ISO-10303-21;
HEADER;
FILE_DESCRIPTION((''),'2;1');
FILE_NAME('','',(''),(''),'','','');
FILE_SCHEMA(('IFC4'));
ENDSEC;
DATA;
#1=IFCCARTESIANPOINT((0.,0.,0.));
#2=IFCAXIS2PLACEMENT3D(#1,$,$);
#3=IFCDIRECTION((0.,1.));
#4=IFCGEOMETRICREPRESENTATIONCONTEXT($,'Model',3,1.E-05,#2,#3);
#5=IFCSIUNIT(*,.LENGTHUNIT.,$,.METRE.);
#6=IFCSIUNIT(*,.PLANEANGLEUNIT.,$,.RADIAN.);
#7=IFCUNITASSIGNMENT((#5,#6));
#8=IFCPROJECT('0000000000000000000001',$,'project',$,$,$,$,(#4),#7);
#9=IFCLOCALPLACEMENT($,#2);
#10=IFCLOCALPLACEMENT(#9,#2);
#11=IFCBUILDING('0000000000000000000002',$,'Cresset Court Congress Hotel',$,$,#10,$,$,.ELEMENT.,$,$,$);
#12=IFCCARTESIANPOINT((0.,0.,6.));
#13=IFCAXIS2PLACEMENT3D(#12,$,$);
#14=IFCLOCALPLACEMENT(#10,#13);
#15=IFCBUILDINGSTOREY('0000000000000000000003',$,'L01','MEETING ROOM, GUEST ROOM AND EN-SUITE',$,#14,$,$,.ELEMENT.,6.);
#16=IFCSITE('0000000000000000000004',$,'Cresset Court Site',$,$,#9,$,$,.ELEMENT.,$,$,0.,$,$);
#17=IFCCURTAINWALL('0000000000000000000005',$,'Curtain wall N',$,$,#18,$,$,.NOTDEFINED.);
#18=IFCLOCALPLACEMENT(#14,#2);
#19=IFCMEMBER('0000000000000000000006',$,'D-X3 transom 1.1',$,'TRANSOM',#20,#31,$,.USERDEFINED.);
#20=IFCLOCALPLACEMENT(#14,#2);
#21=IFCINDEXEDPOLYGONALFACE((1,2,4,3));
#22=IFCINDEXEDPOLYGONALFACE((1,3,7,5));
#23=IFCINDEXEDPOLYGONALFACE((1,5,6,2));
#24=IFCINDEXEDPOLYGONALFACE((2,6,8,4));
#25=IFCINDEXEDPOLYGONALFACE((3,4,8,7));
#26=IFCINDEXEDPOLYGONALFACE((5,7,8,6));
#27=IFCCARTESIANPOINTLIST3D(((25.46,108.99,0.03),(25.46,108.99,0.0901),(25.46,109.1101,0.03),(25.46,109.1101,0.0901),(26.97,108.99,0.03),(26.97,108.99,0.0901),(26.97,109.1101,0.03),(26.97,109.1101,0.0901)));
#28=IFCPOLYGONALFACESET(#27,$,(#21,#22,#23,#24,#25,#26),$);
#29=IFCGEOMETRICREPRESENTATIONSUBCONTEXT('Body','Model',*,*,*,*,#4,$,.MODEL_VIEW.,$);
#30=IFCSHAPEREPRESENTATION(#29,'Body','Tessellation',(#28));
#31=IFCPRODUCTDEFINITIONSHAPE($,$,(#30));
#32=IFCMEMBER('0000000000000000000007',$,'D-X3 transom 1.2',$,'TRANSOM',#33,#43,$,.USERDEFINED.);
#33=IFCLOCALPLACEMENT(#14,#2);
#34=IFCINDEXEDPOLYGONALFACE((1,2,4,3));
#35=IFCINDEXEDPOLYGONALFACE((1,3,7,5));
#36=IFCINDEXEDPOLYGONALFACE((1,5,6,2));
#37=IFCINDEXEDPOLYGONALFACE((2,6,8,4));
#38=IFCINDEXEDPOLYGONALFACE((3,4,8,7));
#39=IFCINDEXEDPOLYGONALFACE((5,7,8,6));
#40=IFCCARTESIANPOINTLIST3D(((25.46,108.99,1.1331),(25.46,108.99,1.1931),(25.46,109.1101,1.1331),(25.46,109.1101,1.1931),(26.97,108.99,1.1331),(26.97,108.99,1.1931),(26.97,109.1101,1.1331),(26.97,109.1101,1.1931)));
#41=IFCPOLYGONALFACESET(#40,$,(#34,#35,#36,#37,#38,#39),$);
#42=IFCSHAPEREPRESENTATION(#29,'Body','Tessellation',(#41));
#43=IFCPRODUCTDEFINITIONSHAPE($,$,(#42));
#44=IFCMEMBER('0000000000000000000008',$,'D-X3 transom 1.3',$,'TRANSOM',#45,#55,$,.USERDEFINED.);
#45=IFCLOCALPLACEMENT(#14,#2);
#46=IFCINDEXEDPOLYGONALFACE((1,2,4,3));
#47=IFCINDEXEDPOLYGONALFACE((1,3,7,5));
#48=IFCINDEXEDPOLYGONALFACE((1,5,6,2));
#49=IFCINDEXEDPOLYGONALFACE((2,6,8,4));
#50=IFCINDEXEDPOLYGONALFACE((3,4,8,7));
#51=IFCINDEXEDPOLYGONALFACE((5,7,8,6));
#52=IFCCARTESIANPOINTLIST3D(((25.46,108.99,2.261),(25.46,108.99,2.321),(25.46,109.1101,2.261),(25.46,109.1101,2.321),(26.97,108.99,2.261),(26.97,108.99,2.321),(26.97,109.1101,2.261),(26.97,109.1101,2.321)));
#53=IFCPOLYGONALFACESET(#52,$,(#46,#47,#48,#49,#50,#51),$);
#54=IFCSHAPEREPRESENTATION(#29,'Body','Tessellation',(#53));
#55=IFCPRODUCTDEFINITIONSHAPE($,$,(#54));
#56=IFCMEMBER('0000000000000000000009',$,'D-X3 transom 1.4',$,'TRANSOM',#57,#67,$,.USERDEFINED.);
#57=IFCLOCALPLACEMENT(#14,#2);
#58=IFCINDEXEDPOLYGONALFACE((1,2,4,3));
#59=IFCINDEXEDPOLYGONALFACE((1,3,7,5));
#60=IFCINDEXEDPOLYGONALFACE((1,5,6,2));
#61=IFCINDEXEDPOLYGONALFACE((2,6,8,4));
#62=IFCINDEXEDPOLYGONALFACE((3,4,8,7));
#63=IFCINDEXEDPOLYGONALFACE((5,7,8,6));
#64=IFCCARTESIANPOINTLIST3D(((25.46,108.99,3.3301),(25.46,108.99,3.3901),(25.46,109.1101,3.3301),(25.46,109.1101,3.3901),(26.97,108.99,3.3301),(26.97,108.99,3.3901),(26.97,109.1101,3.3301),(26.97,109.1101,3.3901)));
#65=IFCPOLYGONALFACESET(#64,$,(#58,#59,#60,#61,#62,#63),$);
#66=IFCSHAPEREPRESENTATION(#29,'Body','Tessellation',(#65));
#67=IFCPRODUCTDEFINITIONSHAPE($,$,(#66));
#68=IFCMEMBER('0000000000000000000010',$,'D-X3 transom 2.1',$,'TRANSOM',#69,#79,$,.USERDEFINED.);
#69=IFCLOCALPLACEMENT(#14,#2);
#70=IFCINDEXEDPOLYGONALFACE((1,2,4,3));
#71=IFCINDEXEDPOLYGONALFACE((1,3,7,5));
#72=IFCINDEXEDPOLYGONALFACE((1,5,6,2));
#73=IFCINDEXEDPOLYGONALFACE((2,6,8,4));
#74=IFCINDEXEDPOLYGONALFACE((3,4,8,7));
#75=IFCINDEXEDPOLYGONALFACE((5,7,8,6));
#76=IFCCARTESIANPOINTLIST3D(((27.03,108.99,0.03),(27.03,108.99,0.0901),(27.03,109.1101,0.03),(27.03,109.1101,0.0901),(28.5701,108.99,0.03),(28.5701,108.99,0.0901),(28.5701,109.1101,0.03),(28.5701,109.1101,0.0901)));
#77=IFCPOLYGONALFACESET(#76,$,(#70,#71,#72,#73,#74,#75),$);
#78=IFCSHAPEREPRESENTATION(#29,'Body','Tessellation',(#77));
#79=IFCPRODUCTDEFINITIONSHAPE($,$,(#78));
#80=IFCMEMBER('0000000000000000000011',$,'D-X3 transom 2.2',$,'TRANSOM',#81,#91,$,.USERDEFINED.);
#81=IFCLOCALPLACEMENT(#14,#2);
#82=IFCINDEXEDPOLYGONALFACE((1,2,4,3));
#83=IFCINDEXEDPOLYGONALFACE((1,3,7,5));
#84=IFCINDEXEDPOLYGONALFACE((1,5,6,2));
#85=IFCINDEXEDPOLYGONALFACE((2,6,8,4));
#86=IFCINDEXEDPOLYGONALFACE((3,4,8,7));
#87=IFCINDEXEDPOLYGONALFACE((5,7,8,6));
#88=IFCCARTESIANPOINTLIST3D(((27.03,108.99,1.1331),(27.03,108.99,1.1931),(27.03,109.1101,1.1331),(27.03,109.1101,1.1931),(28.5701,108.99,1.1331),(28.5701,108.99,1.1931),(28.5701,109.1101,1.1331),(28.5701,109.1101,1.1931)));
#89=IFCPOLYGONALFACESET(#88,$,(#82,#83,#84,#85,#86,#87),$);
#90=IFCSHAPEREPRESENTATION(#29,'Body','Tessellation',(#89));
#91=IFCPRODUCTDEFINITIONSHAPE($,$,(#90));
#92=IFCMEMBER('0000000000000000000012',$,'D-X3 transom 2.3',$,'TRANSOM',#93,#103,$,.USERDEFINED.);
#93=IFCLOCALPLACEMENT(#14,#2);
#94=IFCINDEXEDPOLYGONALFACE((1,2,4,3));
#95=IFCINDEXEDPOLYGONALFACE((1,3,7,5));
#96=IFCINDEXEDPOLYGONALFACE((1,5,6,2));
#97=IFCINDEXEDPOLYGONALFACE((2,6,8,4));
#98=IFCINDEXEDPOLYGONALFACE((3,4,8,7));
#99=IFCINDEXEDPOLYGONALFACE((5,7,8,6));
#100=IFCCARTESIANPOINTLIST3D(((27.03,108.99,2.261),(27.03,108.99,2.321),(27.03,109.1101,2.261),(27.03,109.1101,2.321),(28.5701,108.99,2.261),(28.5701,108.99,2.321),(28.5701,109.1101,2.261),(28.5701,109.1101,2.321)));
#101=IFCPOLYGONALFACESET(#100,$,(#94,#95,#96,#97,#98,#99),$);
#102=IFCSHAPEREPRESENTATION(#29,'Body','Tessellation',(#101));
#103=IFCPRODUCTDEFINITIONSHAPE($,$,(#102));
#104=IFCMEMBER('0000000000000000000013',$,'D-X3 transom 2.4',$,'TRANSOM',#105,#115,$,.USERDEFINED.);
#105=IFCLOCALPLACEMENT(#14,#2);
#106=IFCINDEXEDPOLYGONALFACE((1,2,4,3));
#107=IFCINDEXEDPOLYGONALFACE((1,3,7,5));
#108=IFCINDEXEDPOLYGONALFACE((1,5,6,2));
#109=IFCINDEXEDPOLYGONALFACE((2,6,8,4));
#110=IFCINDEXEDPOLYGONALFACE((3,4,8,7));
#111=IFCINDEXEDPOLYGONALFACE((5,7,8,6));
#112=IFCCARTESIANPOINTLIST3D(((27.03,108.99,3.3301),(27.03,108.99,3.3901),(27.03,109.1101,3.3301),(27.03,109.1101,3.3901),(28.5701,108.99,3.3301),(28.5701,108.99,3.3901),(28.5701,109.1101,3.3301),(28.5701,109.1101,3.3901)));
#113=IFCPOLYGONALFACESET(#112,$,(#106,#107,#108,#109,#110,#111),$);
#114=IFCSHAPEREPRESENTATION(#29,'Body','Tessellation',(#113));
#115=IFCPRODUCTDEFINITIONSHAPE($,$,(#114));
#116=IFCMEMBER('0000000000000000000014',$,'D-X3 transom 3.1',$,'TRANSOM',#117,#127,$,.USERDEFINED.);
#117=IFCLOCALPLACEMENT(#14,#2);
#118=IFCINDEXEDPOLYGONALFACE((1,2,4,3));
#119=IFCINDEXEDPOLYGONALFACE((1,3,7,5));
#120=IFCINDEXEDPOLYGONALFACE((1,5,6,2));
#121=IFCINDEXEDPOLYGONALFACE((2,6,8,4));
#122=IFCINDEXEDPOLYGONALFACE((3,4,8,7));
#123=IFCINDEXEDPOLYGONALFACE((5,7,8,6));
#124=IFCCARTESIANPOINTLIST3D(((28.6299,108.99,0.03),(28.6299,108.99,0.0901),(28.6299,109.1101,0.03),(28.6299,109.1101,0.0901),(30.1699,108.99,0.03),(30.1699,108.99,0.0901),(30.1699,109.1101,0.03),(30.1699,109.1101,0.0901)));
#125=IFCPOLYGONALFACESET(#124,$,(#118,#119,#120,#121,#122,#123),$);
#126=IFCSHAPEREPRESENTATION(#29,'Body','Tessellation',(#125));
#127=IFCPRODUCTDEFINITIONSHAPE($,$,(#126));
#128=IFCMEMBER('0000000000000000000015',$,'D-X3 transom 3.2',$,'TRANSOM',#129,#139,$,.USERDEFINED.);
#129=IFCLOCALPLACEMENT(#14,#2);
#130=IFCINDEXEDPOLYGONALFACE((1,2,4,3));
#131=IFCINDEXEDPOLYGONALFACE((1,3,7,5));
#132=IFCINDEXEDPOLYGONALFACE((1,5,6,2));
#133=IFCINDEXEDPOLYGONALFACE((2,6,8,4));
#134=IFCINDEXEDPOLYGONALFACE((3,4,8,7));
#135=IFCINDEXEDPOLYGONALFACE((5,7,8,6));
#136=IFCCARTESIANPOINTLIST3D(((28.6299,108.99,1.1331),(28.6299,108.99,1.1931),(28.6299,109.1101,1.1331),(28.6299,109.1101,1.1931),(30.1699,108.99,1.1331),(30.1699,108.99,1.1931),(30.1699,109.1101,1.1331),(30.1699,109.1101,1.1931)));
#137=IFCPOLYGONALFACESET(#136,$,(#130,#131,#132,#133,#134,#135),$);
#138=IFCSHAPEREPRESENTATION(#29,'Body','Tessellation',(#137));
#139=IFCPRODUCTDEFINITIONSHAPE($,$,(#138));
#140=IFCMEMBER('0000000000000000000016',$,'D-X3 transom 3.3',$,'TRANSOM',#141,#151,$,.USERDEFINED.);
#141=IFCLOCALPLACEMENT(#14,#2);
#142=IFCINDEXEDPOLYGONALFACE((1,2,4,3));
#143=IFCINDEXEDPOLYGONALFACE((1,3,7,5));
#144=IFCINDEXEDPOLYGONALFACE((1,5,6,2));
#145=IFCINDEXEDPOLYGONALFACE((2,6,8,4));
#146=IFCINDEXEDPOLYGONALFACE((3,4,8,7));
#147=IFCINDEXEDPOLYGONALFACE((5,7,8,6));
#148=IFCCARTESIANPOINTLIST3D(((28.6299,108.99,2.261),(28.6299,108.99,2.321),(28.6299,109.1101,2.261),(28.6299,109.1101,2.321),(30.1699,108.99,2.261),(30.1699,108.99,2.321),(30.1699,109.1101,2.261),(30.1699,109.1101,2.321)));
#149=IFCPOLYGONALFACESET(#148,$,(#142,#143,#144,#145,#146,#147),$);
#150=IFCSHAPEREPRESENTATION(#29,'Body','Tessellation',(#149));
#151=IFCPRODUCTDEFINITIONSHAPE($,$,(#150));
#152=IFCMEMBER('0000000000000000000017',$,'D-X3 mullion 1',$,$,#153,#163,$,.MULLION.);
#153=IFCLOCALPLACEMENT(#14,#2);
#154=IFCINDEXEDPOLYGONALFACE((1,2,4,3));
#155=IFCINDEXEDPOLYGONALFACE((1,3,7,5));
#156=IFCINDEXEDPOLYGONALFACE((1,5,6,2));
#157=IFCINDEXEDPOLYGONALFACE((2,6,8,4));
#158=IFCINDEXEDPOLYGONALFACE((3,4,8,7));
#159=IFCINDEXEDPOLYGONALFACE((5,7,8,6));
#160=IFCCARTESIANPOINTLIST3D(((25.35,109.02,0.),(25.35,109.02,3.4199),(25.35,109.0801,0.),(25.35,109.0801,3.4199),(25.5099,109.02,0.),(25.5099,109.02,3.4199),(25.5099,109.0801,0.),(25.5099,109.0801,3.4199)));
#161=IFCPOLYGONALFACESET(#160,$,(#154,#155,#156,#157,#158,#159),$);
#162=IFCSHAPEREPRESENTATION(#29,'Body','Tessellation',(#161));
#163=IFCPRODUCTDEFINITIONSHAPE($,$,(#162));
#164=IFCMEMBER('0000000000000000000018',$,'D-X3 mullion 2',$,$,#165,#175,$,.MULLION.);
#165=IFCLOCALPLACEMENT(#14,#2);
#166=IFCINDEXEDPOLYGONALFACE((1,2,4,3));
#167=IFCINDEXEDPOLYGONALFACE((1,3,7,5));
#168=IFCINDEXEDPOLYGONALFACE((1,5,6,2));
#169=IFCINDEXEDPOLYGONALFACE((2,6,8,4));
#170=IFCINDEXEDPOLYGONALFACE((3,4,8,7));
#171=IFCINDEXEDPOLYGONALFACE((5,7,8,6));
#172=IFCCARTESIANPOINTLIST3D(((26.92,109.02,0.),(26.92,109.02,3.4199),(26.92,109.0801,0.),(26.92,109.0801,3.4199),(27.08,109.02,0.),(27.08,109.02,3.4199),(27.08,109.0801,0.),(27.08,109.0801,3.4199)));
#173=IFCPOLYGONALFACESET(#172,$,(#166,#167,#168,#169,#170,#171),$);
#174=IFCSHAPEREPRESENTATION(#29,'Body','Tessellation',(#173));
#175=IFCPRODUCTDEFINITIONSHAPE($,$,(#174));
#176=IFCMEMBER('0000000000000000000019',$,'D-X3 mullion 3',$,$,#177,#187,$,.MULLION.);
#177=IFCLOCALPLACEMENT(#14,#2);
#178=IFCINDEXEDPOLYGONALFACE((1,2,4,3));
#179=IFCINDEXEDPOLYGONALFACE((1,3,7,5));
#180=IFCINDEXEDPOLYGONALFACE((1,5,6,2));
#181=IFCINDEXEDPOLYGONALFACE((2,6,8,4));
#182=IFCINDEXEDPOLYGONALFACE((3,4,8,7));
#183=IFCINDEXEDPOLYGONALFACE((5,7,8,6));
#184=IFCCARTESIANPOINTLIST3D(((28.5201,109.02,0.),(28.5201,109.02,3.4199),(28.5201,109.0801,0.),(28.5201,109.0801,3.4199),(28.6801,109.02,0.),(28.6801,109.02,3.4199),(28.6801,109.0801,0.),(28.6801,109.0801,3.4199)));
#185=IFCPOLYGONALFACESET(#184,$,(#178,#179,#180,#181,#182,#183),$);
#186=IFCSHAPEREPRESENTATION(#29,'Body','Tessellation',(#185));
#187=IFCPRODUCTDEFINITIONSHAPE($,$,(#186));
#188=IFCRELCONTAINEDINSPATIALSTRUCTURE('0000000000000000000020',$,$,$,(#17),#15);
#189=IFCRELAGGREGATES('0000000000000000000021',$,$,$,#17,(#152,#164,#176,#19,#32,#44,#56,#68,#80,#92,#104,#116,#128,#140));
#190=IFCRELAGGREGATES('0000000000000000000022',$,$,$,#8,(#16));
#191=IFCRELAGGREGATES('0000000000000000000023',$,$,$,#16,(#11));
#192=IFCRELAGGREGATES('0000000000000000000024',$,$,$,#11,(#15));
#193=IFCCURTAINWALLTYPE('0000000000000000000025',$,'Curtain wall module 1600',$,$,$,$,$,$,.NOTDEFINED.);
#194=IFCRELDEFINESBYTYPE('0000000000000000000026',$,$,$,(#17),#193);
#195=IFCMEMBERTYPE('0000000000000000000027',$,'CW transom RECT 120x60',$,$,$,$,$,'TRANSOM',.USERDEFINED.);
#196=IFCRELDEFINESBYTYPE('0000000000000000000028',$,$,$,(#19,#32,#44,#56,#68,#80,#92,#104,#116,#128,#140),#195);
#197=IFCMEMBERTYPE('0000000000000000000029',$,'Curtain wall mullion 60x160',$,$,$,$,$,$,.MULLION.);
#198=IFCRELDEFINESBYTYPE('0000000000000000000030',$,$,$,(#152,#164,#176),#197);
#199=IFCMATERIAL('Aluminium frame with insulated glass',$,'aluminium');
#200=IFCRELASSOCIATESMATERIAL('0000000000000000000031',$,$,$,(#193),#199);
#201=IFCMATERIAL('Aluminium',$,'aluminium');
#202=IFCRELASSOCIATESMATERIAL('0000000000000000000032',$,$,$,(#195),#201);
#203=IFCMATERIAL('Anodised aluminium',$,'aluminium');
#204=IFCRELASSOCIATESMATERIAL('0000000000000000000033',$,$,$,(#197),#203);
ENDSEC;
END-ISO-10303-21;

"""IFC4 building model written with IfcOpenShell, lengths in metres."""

from ifc_helpers import new_model, si_unit, direction, frame, origin, origin_2d, place, context, subcontext, project, spatial, rectangle, extrude, material, material_profile, profile_set, type_object, element, aggregate, save


model = new_model("IFC4")

# Units and contexts
model_context = context("Model", 3, precision=1e-05, world=origin(), true_north=direction((0.0, 1.0)))
body_context = subcontext(model_context, "Body", "Model", "MODEL_VIEW")
ifc_project = project(units=[si_unit("LENGTHUNIT", "METRE"), si_unit("PLANEANGLEUNIT", "RADIAN")], contexts=[model_context])

# Site, building, storey
site_placement = place(None, origin())
site = spatial("IfcSite", under=ifc_project, at=site_placement, Name="Cresset Court Site", CompositionType="ELEMENT", RefElevation=0.0)
building_placement = place(site_placement, origin())
building = spatial("IfcBuilding", under=site, at=building_placement, Name="Cresset Court Congress Hotel", CompositionType="ELEMENT")
storey_placement = place(building_placement, frame((0.0, 0.0, 6.0)))
storey = spatial("IfcBuildingStorey", under=building, at=storey_placement, Name="L01", Description="MEETING ROOM, GUEST ROOM AND EN-SUITE", CompositionType="ELEMENT", Elevation=6.0)

# Curtain wall, members
ifc_material_1 = material(Name="Aluminium frame with insulated glass", Category="aluminium")
curtain_wall_type = type_object("IfcCurtainWallType", Name="Curtain wall module 1600", PredefinedType="NOTDEFINED", material=ifc_material_1)
curtain_wall_placement = place(storey_placement, origin())
curtain_wall = element("IfcCurtainWall", 1, at=curtain_wall_placement, inside=storey, type_object=curtain_wall_type, Name="Curtain wall N", PredefinedType="NOTDEFINED")
ifc_material_2 = material(Name="Aluminium", Category="aluminium")
ifc_material_profile_1 = material_profile(ifc_material_2, rectangle(XDim=0.1201, YDim=0.0601, at=origin_2d()), Name="AL 120x60")
ifc_profile_set_1 = profile_set([ifc_material_profile_1], Name="Aluminium")
member_type_1 = type_object("IfcMemberType", Name="CW transom RECT 120x60", ElementType="TRANSOM", PredefinedType="USERDEFINED", material=ifc_profile_set_1)
member_1_placement = place(storey_placement, frame((25.46, 109.05, 0.0601), z_axis=(1.0, 0.0, 0.0), x_axis=(0.0, 1.0, 0.0)))
member_1 = element("IfcMember", 2, at=member_1_placement, type_object=member_type_1, Name="D-X3 transom 1.1", ObjectType="TRANSOM", PredefinedType="USERDEFINED", context=body_context, shape_type="SweptSolid", body=[
    extrude(rectangle(XDim=0.1201, YDim=0.0601, at=origin_2d()), origin(), (0.0, 0.0, 1.0), 1.51),
])
member_2_placement = place(storey_placement, frame((25.46, 109.05, 1.1631), z_axis=(1.0, 0.0, 0.0), x_axis=(0.0, 1.0, 0.0)))
member_2 = element("IfcMember", 3, at=member_2_placement, type_object=member_type_1, Name="D-X3 transom 1.2", ObjectType="TRANSOM", PredefinedType="USERDEFINED", context=body_context, shape_type="SweptSolid", body=[
    extrude(rectangle(XDim=0.1201, YDim=0.0601, at=origin_2d()), origin(), (0.0, 0.0, 1.0), 1.51),
])
member_3_placement = place(storey_placement, frame((25.46, 109.05, 2.291), z_axis=(1.0, 0.0, 0.0), x_axis=(0.0, 1.0, 0.0)))
member_3 = element("IfcMember", 4, at=member_3_placement, type_object=member_type_1, Name="D-X3 transom 1.3", ObjectType="TRANSOM", PredefinedType="USERDEFINED", context=body_context, shape_type="SweptSolid", body=[
    extrude(rectangle(XDim=0.1201, YDim=0.0601, at=origin_2d()), origin(), (0.0, 0.0, 1.0), 1.51),
])
member_4_placement = place(storey_placement, frame((25.46, 109.05, 3.3601), z_axis=(1.0, 0.0, 0.0), x_axis=(0.0, 1.0, 0.0)))
member_4 = element("IfcMember", 5, at=member_4_placement, type_object=member_type_1, Name="D-X3 transom 1.4", ObjectType="TRANSOM", PredefinedType="USERDEFINED", context=body_context, shape_type="SweptSolid", body=[
    extrude(rectangle(XDim=0.1201, YDim=0.0601, at=origin_2d()), origin(), (0.0, 0.0, 1.0), 1.51),
])
member_5_placement = place(storey_placement, frame((27.03, 109.05, 0.0601), z_axis=(1.0, 0.0, 0.0), x_axis=(0.0, 1.0, 0.0)))
member_5 = element("IfcMember", 6, at=member_5_placement, type_object=member_type_1, Name="D-X3 transom 2.1", ObjectType="TRANSOM", PredefinedType="USERDEFINED", context=body_context, shape_type="SweptSolid", body=[
    extrude(rectangle(XDim=0.1201, YDim=0.0601, at=origin_2d()), origin(), (0.0, 0.0, 1.0), 1.54),
])
member_6_placement = place(storey_placement, frame((27.03, 109.05, 1.1631), z_axis=(1.0, 0.0, 0.0), x_axis=(0.0, 1.0, 0.0)))
member_6 = element("IfcMember", 7, at=member_6_placement, type_object=member_type_1, Name="D-X3 transom 2.2", ObjectType="TRANSOM", PredefinedType="USERDEFINED", context=body_context, shape_type="SweptSolid", body=[
    extrude(rectangle(XDim=0.1201, YDim=0.0601, at=origin_2d()), origin(), (0.0, 0.0, 1.0), 1.54),
])
member_7_placement = place(storey_placement, frame((27.03, 109.05, 2.291), z_axis=(1.0, 0.0, 0.0), x_axis=(0.0, 1.0, 0.0)))
member_7 = element("IfcMember", 8, at=member_7_placement, type_object=member_type_1, Name="D-X3 transom 2.3", ObjectType="TRANSOM", PredefinedType="USERDEFINED", context=body_context, shape_type="SweptSolid", body=[
    extrude(rectangle(XDim=0.1201, YDim=0.0601, at=origin_2d()), origin(), (0.0, 0.0, 1.0), 1.54),
])
member_8_placement = place(storey_placement, frame((27.03, 109.05, 3.3601), z_axis=(1.0, 0.0, 0.0), x_axis=(0.0, 1.0, 0.0)))
member_8 = element("IfcMember", 9, at=member_8_placement, type_object=member_type_1, Name="D-X3 transom 2.4", ObjectType="TRANSOM", PredefinedType="USERDEFINED", context=body_context, shape_type="SweptSolid", body=[
    extrude(rectangle(XDim=0.1201, YDim=0.0601, at=origin_2d()), origin(), (0.0, 0.0, 1.0), 1.54),
])
member_9_placement = place(storey_placement, frame((28.6299, 109.05, 0.0601), z_axis=(1.0, 0.0, 0.0), x_axis=(0.0, 1.0, 0.0)))
member_9 = element("IfcMember", 10, at=member_9_placement, type_object=member_type_1, Name="D-X3 transom 3.1", ObjectType="TRANSOM", PredefinedType="USERDEFINED", context=body_context, shape_type="SweptSolid", body=[
    extrude(rectangle(XDim=0.1201, YDim=0.0601, at=origin_2d()), origin(), (0.0, 0.0, 1.0), 1.54),
])
member_10_placement = place(storey_placement, frame((28.6299, 109.05, 1.1631), z_axis=(1.0, 0.0, 0.0), x_axis=(0.0, 1.0, 0.0)))
member_10 = element("IfcMember", 11, at=member_10_placement, type_object=member_type_1, Name="D-X3 transom 3.2", ObjectType="TRANSOM", PredefinedType="USERDEFINED", context=body_context, shape_type="SweptSolid", body=[
    extrude(rectangle(XDim=0.1201, YDim=0.0601, at=origin_2d()), origin(), (0.0, 0.0, 1.0), 1.54),
])
member_11_placement = place(storey_placement, frame((28.6299, 109.05, 2.291), z_axis=(1.0, 0.0, 0.0), x_axis=(0.0, 1.0, 0.0)))
member_11 = element("IfcMember", 12, at=member_11_placement, type_object=member_type_1, Name="D-X3 transom 3.3", ObjectType="TRANSOM", PredefinedType="USERDEFINED", context=body_context, shape_type="SweptSolid", body=[
    extrude(rectangle(XDim=0.1201, YDim=0.0601, at=origin_2d()), origin(), (0.0, 0.0, 1.0), 1.54),
])
ifc_material_3 = material(Name="Anodised aluminium", Category="aluminium")
ifc_material_profile_2 = material_profile(ifc_material_3, rectangle(XDim=0.0601, YDim=0.1599, at=origin_2d()), Name="AL60x160")
ifc_profile_set_2 = profile_set([ifc_material_profile_2], Name="Anodised aluminium")
member_type_2 = type_object("IfcMemberType", Name="Curtain wall mullion 60x160", PredefinedType="MULLION", material=ifc_profile_set_2)
member_12_placement = place(storey_placement, frame((25.4299, 109.05, 0.0), z_axis=(0.0, 0.0, 1.0), x_axis=(0.0, 1.0, 0.0)))
member_12 = element("IfcMember", 13, at=member_12_placement, type_object=member_type_2, Name="D-X3 mullion 1", PredefinedType="MULLION", context=body_context, shape_type="SweptSolid", body=[
    extrude(rectangle(XDim=0.0601, YDim=0.1599, at=origin_2d()), origin(), (0.0, 0.0, 1.0), 3.4199),
])
member_13_placement = place(storey_placement, frame((27.0, 109.05, 0.0), z_axis=(0.0, 0.0, 1.0), x_axis=(0.0, 1.0, 0.0)))
member_13 = element("IfcMember", 14, at=member_13_placement, type_object=member_type_2, Name="D-X3 mullion 2", PredefinedType="MULLION", context=body_context, shape_type="SweptSolid", body=[
    extrude(rectangle(XDim=0.0601, YDim=0.1599, at=origin_2d()), origin(), (0.0, 0.0, 1.0), 3.4199),
])
member_14_placement = place(storey_placement, frame((28.6001, 109.05, 0.0), z_axis=(0.0, 0.0, 1.0), x_axis=(0.0, 1.0, 0.0)))
member_14 = element("IfcMember", 15, at=member_14_placement, type_object=member_type_2, Name="D-X3 mullion 3", PredefinedType="MULLION", context=body_context, shape_type="SweptSolid", body=[
    extrude(rectangle(XDim=0.0601, YDim=0.1599, at=origin_2d()), origin(), (0.0, 0.0, 1.0), 3.4199),
])
aggregate(curtain_wall, [member_12, member_13, member_14, member_1, member_2, member_3, member_4, member_5, member_6, member_7, member_8, member_9, member_10, member_11])

save(model, "model.ifc")
